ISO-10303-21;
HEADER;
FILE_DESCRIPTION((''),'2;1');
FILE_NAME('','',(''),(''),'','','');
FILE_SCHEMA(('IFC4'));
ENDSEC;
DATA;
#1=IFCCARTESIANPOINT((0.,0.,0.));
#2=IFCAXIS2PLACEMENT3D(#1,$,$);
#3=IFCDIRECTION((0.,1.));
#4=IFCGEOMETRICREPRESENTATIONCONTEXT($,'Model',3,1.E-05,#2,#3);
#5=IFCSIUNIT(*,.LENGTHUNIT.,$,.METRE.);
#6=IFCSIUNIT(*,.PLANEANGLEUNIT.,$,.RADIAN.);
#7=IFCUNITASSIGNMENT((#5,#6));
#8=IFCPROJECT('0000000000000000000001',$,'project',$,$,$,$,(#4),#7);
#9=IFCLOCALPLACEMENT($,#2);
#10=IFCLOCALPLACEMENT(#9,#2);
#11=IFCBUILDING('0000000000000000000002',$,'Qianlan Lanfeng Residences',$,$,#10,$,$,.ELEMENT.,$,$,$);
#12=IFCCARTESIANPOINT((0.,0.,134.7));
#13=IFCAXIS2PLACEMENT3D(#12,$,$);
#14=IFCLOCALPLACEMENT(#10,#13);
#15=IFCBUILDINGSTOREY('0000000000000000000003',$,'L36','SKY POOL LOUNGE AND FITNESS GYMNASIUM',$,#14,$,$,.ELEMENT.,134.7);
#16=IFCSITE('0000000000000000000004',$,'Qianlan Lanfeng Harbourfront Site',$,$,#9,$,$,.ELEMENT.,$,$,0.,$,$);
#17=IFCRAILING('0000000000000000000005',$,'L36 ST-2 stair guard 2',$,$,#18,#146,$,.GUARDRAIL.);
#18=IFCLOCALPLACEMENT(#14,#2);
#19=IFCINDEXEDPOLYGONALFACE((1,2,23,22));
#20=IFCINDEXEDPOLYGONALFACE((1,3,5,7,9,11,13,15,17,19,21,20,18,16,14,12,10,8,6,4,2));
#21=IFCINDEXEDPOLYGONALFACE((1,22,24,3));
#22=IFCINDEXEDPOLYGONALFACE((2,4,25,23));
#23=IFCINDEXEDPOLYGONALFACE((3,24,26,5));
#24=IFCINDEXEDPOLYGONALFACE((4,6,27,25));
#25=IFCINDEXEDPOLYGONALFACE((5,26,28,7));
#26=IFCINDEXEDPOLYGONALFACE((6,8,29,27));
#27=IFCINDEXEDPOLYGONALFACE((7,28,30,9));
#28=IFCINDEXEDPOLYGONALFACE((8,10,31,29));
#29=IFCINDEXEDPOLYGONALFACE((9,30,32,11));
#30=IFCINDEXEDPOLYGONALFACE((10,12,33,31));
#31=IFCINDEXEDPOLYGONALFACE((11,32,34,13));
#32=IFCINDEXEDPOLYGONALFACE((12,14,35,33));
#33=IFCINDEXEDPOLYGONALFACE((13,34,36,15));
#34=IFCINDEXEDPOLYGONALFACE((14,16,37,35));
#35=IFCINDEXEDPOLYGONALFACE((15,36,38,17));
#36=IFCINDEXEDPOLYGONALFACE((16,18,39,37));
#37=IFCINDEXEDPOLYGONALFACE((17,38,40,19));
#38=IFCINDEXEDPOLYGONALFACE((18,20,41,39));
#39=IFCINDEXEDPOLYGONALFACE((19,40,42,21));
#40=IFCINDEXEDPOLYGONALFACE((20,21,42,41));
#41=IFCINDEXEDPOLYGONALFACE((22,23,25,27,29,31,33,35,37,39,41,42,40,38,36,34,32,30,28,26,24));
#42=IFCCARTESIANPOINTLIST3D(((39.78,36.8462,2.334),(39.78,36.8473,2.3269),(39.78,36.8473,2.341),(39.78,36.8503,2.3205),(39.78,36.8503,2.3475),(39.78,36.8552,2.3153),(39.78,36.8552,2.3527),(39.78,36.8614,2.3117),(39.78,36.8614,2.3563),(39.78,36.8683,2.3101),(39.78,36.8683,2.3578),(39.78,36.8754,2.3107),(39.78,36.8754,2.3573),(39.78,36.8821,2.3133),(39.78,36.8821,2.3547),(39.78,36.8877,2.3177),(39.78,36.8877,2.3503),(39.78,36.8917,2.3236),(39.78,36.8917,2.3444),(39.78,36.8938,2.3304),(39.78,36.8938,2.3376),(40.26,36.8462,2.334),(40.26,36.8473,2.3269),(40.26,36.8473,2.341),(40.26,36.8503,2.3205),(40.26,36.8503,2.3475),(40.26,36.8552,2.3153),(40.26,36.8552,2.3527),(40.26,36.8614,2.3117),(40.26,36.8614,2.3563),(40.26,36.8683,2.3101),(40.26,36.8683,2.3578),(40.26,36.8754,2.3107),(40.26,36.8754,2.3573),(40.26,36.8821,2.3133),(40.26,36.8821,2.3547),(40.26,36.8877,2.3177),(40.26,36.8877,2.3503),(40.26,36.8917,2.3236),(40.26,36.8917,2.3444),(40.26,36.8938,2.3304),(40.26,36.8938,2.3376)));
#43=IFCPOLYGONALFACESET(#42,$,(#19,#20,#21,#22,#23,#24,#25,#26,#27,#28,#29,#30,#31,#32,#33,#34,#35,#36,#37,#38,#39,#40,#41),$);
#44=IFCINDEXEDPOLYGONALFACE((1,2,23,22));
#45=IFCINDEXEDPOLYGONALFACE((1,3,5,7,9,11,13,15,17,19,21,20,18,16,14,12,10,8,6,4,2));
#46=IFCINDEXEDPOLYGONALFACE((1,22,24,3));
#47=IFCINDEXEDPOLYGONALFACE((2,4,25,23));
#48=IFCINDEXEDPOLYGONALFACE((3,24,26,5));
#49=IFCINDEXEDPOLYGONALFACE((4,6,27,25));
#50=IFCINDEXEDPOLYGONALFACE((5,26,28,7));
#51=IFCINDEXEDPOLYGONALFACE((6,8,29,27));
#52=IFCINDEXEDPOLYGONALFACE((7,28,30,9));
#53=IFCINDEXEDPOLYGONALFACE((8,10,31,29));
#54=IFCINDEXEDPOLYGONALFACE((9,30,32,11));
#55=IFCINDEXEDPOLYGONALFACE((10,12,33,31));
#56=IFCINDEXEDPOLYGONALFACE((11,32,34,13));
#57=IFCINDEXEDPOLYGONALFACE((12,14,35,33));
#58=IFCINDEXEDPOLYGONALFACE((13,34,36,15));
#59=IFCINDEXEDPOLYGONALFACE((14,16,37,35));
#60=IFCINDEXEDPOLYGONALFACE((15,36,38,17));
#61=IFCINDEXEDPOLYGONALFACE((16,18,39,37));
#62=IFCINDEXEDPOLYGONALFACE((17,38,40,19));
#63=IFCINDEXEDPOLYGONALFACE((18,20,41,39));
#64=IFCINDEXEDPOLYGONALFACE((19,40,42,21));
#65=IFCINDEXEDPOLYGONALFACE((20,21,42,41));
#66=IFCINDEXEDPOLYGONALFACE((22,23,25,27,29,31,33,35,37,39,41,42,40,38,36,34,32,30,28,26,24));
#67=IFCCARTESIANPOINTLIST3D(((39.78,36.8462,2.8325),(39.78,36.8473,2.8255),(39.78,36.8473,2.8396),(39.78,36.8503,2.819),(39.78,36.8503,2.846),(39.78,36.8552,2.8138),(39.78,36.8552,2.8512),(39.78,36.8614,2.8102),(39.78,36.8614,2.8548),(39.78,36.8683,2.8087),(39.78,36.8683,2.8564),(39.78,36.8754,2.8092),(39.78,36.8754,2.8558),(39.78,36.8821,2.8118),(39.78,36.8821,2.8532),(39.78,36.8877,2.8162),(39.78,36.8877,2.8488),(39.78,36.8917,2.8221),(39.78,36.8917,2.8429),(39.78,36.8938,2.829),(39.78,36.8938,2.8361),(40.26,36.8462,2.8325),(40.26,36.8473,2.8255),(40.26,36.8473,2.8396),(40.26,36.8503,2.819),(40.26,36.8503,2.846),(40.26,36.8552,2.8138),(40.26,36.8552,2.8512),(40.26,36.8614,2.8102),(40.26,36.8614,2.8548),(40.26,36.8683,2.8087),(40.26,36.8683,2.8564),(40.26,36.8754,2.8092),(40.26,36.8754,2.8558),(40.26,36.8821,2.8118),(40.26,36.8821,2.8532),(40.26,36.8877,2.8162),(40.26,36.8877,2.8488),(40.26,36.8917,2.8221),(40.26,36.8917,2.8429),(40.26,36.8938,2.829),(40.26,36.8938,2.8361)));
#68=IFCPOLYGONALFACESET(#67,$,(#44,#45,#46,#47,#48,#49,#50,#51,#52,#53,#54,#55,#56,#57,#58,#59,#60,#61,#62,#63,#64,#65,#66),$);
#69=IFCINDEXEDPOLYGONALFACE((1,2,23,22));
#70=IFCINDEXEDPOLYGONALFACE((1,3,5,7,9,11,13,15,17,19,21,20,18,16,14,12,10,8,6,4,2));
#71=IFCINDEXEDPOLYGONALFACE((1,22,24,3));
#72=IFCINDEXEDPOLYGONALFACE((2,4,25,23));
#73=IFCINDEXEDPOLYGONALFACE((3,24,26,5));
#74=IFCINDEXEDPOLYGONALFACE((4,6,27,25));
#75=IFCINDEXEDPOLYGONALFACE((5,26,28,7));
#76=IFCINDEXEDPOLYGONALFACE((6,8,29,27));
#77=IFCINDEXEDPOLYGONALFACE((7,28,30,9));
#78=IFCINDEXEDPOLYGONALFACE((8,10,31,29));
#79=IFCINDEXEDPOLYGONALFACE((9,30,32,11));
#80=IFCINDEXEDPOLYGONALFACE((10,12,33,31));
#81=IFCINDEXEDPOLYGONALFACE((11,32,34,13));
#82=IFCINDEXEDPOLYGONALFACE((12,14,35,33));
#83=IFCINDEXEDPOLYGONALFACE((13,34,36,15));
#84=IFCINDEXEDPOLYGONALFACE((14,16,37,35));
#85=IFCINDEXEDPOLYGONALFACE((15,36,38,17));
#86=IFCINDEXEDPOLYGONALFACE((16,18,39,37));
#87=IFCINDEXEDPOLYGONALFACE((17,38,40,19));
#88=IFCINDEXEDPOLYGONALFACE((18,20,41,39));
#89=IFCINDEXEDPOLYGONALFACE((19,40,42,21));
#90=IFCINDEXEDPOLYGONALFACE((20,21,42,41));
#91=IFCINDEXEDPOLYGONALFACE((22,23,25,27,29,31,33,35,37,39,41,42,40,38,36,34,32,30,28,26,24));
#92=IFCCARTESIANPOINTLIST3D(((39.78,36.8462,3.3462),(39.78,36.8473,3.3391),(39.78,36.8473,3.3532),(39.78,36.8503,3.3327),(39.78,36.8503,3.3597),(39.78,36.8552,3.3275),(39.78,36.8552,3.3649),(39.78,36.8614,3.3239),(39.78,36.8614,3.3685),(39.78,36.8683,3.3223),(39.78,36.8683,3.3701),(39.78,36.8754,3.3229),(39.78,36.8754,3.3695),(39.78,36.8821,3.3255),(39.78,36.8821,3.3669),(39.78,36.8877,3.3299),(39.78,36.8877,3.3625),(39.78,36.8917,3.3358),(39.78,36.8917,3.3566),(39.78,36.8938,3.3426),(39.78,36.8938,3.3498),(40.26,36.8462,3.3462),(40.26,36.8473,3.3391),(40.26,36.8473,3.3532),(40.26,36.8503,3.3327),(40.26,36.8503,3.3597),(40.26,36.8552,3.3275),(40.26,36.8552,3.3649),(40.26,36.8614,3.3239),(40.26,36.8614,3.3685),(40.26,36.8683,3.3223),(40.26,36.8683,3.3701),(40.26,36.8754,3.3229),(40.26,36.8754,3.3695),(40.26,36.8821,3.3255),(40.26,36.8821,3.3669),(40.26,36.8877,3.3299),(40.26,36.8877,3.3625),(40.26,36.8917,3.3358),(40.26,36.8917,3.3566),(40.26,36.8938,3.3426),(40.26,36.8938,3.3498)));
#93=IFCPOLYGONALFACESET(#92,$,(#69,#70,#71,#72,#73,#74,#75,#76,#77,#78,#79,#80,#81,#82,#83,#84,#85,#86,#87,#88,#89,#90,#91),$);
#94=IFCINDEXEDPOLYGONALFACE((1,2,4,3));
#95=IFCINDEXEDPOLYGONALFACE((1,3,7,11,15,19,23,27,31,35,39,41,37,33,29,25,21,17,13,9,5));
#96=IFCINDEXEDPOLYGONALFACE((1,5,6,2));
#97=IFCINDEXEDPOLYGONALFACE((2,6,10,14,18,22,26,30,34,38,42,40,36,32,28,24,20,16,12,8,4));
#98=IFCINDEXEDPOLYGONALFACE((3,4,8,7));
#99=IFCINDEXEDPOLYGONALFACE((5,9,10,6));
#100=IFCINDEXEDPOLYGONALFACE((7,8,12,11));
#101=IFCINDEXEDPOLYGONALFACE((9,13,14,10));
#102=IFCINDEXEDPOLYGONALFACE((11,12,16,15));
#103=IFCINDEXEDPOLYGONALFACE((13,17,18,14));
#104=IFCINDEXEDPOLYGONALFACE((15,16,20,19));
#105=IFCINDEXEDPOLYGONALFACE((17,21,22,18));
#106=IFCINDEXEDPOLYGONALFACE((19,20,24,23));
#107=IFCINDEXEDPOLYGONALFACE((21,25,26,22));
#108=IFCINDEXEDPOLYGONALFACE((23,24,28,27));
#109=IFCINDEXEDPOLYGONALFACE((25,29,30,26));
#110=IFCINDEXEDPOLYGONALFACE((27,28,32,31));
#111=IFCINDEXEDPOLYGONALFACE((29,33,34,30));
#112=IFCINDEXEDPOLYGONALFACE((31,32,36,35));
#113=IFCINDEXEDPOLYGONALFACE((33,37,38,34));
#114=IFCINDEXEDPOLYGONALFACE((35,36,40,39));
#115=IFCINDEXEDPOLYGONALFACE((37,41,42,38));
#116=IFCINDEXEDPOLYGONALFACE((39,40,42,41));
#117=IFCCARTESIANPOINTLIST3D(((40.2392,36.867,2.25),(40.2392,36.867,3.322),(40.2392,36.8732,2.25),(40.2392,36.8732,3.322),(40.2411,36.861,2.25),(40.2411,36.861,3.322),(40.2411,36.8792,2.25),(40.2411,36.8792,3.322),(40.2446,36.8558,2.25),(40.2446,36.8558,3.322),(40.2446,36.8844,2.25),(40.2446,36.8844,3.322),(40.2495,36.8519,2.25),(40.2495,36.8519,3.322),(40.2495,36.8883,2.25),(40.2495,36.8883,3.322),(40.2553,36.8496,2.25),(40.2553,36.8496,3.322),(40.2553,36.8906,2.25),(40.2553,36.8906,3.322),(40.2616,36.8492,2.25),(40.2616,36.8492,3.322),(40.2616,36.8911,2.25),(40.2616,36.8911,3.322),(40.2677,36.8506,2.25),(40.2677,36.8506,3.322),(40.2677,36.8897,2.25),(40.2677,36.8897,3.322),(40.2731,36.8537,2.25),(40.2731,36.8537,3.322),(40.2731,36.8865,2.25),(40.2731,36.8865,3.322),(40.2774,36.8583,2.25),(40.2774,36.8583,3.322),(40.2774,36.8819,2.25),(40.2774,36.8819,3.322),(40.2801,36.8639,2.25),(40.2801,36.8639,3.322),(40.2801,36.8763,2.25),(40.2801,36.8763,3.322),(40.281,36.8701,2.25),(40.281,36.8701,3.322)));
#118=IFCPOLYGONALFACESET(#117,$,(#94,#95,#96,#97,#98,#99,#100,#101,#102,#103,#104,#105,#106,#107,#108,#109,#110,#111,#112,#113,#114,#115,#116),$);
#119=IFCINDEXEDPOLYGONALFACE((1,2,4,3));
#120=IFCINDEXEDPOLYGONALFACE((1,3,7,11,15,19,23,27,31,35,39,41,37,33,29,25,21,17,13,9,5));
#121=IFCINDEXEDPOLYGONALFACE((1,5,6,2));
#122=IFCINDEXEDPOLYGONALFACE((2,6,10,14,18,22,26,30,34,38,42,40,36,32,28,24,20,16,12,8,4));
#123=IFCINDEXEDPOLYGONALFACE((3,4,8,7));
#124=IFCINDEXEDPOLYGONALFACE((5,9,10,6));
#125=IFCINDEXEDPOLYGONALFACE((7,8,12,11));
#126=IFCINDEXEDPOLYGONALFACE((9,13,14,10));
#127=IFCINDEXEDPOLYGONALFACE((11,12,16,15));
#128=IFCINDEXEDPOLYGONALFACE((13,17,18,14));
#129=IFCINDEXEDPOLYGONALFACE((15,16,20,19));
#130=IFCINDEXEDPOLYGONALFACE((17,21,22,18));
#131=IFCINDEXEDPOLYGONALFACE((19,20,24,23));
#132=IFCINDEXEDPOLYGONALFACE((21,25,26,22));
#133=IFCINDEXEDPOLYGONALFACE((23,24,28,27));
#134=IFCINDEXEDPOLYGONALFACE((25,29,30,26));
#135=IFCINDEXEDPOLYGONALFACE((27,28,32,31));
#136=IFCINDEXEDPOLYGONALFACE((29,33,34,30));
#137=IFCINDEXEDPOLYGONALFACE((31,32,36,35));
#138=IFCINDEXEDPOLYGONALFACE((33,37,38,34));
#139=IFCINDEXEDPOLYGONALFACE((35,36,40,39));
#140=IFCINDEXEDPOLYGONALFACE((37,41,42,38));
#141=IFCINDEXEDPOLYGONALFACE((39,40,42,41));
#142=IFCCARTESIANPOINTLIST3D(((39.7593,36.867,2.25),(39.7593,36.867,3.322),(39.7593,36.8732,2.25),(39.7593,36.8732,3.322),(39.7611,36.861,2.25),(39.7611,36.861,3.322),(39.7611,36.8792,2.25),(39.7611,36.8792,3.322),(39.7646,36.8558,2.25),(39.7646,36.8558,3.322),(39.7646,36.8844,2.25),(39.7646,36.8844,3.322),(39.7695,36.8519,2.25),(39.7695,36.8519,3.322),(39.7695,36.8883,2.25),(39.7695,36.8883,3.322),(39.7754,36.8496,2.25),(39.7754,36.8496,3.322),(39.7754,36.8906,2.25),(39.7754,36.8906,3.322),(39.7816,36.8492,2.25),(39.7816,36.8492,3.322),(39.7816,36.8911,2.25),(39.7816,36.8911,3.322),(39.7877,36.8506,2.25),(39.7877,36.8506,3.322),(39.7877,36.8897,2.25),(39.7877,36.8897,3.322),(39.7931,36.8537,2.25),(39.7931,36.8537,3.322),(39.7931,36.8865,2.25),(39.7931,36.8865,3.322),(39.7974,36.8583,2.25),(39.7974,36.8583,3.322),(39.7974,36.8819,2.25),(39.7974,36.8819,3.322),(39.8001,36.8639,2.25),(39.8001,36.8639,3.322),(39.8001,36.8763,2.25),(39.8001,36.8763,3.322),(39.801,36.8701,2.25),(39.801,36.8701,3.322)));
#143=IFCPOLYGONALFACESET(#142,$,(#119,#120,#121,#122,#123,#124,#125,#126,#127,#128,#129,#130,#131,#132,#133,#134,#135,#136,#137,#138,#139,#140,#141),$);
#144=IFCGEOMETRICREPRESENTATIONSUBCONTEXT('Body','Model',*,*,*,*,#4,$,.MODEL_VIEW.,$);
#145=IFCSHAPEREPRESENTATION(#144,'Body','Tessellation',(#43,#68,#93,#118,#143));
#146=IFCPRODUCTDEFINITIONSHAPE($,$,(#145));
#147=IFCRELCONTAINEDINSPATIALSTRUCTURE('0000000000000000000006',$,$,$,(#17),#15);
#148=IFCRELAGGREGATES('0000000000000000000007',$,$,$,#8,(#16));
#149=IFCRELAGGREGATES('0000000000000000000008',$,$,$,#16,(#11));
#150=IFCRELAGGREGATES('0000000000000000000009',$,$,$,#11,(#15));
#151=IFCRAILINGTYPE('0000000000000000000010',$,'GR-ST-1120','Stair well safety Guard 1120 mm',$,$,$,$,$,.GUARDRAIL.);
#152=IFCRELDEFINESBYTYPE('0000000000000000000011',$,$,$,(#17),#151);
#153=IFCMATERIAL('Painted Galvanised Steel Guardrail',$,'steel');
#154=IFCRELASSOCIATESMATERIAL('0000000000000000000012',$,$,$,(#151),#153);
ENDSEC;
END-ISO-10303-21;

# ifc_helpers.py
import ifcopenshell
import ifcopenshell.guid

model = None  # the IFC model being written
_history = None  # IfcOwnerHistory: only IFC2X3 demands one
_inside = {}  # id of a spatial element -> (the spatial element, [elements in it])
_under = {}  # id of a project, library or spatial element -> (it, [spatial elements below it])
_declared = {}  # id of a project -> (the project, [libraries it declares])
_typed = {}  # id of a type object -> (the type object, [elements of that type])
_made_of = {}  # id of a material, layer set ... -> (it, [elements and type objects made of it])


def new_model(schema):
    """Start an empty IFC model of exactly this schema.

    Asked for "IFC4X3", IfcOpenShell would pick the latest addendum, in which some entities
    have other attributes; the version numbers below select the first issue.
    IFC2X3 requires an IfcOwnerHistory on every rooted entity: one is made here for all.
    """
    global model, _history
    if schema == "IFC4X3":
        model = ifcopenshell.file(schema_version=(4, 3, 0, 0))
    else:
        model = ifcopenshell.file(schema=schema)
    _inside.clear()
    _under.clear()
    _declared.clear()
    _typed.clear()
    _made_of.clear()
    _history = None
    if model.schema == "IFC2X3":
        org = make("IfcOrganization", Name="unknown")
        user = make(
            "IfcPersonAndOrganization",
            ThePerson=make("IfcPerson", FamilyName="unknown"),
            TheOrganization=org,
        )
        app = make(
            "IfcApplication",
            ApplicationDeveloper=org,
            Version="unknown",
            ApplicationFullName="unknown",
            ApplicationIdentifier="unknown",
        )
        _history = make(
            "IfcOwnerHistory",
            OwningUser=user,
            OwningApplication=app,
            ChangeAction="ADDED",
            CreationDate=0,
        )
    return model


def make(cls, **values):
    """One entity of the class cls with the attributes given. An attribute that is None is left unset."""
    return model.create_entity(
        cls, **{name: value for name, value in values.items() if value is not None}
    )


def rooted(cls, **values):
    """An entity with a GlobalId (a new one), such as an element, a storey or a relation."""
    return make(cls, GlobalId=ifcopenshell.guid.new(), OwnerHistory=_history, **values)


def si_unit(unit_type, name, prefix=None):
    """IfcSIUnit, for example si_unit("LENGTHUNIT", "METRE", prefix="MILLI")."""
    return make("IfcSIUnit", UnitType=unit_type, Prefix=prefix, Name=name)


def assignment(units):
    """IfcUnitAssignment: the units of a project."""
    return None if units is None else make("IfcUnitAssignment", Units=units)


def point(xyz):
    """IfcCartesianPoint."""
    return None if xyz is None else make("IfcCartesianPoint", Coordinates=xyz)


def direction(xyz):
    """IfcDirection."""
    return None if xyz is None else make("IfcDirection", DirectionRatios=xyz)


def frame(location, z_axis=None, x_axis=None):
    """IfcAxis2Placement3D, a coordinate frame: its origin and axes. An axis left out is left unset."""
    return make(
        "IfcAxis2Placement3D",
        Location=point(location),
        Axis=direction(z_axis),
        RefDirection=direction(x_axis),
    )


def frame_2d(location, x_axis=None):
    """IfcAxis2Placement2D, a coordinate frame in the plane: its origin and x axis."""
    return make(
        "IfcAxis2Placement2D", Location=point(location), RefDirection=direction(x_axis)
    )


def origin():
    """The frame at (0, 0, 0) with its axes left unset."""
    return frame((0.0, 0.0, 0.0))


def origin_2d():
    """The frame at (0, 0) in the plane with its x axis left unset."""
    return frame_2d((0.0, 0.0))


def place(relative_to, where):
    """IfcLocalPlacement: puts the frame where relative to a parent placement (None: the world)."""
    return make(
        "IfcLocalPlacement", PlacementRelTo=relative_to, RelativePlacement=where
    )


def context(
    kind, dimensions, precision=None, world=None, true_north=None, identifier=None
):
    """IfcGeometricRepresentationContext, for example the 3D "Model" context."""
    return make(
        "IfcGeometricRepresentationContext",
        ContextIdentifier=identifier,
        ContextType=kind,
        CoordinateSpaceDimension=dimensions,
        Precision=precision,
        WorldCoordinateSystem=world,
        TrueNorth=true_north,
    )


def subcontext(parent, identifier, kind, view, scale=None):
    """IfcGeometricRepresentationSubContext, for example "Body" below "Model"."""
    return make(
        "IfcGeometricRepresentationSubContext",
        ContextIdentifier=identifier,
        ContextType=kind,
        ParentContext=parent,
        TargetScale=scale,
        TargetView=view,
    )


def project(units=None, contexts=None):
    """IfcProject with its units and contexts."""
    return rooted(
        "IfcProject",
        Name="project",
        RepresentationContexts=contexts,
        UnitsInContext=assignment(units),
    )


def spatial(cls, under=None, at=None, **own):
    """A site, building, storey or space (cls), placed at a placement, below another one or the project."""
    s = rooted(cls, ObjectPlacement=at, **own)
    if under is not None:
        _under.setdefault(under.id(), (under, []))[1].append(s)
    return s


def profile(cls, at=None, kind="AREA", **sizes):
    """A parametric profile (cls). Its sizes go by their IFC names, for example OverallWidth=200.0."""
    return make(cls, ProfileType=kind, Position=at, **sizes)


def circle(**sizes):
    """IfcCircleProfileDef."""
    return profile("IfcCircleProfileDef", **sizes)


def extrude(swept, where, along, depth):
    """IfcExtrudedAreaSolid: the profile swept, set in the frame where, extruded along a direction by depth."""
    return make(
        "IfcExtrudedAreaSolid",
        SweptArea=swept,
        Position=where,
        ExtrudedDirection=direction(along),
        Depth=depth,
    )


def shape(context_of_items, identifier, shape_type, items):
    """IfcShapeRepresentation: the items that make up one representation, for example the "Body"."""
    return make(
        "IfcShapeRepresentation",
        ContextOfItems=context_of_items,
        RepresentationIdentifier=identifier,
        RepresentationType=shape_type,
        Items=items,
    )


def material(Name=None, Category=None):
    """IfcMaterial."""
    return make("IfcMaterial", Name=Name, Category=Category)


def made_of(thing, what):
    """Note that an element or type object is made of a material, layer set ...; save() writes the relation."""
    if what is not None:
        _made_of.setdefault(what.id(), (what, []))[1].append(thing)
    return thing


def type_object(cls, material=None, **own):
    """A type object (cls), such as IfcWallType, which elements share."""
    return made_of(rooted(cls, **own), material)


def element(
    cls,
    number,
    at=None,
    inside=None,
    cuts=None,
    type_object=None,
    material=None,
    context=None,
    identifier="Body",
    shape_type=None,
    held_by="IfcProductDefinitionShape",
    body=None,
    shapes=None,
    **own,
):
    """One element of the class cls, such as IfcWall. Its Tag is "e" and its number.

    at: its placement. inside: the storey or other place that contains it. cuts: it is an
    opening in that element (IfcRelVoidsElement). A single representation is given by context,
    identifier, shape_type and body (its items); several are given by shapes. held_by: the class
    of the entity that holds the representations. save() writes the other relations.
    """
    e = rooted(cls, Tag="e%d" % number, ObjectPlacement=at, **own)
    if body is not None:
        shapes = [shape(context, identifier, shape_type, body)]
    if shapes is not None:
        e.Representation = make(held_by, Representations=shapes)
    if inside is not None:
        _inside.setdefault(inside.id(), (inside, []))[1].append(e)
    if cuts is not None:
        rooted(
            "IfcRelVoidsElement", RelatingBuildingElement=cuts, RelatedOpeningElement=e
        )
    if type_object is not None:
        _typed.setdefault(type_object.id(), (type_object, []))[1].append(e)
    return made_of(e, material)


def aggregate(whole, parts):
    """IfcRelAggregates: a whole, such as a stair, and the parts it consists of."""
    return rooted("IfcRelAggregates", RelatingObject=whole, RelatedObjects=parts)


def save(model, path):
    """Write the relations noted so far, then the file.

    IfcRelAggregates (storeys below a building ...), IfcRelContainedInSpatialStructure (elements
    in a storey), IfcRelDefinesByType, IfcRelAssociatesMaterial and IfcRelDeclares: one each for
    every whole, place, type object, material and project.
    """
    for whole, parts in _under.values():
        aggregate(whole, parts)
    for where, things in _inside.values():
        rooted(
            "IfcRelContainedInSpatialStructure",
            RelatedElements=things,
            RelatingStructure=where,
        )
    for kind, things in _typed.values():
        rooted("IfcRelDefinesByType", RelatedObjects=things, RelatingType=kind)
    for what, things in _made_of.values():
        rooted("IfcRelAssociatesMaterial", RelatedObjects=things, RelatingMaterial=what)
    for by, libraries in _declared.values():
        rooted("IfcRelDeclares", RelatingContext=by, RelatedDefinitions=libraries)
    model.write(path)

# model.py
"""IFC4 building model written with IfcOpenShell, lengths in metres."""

from ifc_helpers import new_model, si_unit, direction, frame, origin, origin_2d, place, context, subcontext, project, spatial, circle, extrude, material, type_object, element, save


model = new_model("IFC4")

# Units and contexts
model_context = context("Model", 3, precision=1e-05, world=origin(), true_north=direction((0.0, 1.0)))
body_context = subcontext(model_context, "Body", "Model", "MODEL_VIEW")
ifc_project = project(units=[si_unit("LENGTHUNIT", "METRE"), si_unit("PLANEANGLEUNIT", "RADIAN")], contexts=[model_context])

# Site, building, storey
site_placement = place(None, origin())
site = spatial("IfcSite", under=ifc_project, at=site_placement, Name="Qianlan Lanfeng Harbourfront Site", CompositionType="ELEMENT", RefElevation=0.0)
building_placement = place(site_placement, origin())
building = spatial("IfcBuilding", under=site, at=building_placement, Name="Qianlan Lanfeng Residences", CompositionType="ELEMENT")
storey_placement = place(building_placement, frame((0.0, 0.0, 134.7)))
storey = spatial("IfcBuildingStorey", under=building, at=storey_placement, Name="L36", Description="SKY POOL LOUNGE AND FITNESS GYMNASIUM", CompositionType="ELEMENT", Elevation=134.7)

# Railing
ifc_material_1 = material(Name="Painted Galvanised Steel Guardrail", Category="steel")
railing_type_1 = type_object("IfcRailingType", Name="GR-ST-1120", Description="Stair well safety Guard 1120 mm", PredefinedType="GUARDRAIL", material=ifc_material_1)
railing_1_placement = place(storey_placement, frame((40.26, 36.8701, 2.25)))
element("IfcRailing", 1, at=railing_1_placement, inside=storey, type_object=railing_type_1, Name="L36 ST-2 stair guard 2", PredefinedType="GUARDRAIL", context=body_context, shape_type="SweptSolid", body=[
    extrude(circle(Radius=0.0239, at=origin_2d()), frame((0.0, 0.0, 0.084), z_axis=(-1.0, 0.0, 0.0), x_axis=(0.0, -1.0, 0.0)), (0.0, 0.0, 1.0), 0.48),
    extrude(circle(Radius=0.0239, at=origin_2d()), frame((0.0, 0.0, 0.5825), z_axis=(-1.0, 0.0, 0.0), x_axis=(0.0, -1.0, 0.0)), (0.0, 0.0, 1.0), 0.48),
    extrude(circle(Radius=0.0239, at=origin_2d()), frame((0.0, 0.0, 1.0962), z_axis=(-1.0, 0.0, 0.0), x_axis=(0.0, -1.0, 0.0)), (0.0, 0.0, 1.0), 0.48),
    extrude(circle(Radius=0.021, at=origin_2d()), origin(), (0.0, 0.0, 1.0), 1.072),
    extrude(circle(Radius=0.021, at=origin_2d()), frame((-0.48, 0.0, 0.0)), (0.0, 0.0, 1.0), 1.072),
])

save(model, "model.ifc")
